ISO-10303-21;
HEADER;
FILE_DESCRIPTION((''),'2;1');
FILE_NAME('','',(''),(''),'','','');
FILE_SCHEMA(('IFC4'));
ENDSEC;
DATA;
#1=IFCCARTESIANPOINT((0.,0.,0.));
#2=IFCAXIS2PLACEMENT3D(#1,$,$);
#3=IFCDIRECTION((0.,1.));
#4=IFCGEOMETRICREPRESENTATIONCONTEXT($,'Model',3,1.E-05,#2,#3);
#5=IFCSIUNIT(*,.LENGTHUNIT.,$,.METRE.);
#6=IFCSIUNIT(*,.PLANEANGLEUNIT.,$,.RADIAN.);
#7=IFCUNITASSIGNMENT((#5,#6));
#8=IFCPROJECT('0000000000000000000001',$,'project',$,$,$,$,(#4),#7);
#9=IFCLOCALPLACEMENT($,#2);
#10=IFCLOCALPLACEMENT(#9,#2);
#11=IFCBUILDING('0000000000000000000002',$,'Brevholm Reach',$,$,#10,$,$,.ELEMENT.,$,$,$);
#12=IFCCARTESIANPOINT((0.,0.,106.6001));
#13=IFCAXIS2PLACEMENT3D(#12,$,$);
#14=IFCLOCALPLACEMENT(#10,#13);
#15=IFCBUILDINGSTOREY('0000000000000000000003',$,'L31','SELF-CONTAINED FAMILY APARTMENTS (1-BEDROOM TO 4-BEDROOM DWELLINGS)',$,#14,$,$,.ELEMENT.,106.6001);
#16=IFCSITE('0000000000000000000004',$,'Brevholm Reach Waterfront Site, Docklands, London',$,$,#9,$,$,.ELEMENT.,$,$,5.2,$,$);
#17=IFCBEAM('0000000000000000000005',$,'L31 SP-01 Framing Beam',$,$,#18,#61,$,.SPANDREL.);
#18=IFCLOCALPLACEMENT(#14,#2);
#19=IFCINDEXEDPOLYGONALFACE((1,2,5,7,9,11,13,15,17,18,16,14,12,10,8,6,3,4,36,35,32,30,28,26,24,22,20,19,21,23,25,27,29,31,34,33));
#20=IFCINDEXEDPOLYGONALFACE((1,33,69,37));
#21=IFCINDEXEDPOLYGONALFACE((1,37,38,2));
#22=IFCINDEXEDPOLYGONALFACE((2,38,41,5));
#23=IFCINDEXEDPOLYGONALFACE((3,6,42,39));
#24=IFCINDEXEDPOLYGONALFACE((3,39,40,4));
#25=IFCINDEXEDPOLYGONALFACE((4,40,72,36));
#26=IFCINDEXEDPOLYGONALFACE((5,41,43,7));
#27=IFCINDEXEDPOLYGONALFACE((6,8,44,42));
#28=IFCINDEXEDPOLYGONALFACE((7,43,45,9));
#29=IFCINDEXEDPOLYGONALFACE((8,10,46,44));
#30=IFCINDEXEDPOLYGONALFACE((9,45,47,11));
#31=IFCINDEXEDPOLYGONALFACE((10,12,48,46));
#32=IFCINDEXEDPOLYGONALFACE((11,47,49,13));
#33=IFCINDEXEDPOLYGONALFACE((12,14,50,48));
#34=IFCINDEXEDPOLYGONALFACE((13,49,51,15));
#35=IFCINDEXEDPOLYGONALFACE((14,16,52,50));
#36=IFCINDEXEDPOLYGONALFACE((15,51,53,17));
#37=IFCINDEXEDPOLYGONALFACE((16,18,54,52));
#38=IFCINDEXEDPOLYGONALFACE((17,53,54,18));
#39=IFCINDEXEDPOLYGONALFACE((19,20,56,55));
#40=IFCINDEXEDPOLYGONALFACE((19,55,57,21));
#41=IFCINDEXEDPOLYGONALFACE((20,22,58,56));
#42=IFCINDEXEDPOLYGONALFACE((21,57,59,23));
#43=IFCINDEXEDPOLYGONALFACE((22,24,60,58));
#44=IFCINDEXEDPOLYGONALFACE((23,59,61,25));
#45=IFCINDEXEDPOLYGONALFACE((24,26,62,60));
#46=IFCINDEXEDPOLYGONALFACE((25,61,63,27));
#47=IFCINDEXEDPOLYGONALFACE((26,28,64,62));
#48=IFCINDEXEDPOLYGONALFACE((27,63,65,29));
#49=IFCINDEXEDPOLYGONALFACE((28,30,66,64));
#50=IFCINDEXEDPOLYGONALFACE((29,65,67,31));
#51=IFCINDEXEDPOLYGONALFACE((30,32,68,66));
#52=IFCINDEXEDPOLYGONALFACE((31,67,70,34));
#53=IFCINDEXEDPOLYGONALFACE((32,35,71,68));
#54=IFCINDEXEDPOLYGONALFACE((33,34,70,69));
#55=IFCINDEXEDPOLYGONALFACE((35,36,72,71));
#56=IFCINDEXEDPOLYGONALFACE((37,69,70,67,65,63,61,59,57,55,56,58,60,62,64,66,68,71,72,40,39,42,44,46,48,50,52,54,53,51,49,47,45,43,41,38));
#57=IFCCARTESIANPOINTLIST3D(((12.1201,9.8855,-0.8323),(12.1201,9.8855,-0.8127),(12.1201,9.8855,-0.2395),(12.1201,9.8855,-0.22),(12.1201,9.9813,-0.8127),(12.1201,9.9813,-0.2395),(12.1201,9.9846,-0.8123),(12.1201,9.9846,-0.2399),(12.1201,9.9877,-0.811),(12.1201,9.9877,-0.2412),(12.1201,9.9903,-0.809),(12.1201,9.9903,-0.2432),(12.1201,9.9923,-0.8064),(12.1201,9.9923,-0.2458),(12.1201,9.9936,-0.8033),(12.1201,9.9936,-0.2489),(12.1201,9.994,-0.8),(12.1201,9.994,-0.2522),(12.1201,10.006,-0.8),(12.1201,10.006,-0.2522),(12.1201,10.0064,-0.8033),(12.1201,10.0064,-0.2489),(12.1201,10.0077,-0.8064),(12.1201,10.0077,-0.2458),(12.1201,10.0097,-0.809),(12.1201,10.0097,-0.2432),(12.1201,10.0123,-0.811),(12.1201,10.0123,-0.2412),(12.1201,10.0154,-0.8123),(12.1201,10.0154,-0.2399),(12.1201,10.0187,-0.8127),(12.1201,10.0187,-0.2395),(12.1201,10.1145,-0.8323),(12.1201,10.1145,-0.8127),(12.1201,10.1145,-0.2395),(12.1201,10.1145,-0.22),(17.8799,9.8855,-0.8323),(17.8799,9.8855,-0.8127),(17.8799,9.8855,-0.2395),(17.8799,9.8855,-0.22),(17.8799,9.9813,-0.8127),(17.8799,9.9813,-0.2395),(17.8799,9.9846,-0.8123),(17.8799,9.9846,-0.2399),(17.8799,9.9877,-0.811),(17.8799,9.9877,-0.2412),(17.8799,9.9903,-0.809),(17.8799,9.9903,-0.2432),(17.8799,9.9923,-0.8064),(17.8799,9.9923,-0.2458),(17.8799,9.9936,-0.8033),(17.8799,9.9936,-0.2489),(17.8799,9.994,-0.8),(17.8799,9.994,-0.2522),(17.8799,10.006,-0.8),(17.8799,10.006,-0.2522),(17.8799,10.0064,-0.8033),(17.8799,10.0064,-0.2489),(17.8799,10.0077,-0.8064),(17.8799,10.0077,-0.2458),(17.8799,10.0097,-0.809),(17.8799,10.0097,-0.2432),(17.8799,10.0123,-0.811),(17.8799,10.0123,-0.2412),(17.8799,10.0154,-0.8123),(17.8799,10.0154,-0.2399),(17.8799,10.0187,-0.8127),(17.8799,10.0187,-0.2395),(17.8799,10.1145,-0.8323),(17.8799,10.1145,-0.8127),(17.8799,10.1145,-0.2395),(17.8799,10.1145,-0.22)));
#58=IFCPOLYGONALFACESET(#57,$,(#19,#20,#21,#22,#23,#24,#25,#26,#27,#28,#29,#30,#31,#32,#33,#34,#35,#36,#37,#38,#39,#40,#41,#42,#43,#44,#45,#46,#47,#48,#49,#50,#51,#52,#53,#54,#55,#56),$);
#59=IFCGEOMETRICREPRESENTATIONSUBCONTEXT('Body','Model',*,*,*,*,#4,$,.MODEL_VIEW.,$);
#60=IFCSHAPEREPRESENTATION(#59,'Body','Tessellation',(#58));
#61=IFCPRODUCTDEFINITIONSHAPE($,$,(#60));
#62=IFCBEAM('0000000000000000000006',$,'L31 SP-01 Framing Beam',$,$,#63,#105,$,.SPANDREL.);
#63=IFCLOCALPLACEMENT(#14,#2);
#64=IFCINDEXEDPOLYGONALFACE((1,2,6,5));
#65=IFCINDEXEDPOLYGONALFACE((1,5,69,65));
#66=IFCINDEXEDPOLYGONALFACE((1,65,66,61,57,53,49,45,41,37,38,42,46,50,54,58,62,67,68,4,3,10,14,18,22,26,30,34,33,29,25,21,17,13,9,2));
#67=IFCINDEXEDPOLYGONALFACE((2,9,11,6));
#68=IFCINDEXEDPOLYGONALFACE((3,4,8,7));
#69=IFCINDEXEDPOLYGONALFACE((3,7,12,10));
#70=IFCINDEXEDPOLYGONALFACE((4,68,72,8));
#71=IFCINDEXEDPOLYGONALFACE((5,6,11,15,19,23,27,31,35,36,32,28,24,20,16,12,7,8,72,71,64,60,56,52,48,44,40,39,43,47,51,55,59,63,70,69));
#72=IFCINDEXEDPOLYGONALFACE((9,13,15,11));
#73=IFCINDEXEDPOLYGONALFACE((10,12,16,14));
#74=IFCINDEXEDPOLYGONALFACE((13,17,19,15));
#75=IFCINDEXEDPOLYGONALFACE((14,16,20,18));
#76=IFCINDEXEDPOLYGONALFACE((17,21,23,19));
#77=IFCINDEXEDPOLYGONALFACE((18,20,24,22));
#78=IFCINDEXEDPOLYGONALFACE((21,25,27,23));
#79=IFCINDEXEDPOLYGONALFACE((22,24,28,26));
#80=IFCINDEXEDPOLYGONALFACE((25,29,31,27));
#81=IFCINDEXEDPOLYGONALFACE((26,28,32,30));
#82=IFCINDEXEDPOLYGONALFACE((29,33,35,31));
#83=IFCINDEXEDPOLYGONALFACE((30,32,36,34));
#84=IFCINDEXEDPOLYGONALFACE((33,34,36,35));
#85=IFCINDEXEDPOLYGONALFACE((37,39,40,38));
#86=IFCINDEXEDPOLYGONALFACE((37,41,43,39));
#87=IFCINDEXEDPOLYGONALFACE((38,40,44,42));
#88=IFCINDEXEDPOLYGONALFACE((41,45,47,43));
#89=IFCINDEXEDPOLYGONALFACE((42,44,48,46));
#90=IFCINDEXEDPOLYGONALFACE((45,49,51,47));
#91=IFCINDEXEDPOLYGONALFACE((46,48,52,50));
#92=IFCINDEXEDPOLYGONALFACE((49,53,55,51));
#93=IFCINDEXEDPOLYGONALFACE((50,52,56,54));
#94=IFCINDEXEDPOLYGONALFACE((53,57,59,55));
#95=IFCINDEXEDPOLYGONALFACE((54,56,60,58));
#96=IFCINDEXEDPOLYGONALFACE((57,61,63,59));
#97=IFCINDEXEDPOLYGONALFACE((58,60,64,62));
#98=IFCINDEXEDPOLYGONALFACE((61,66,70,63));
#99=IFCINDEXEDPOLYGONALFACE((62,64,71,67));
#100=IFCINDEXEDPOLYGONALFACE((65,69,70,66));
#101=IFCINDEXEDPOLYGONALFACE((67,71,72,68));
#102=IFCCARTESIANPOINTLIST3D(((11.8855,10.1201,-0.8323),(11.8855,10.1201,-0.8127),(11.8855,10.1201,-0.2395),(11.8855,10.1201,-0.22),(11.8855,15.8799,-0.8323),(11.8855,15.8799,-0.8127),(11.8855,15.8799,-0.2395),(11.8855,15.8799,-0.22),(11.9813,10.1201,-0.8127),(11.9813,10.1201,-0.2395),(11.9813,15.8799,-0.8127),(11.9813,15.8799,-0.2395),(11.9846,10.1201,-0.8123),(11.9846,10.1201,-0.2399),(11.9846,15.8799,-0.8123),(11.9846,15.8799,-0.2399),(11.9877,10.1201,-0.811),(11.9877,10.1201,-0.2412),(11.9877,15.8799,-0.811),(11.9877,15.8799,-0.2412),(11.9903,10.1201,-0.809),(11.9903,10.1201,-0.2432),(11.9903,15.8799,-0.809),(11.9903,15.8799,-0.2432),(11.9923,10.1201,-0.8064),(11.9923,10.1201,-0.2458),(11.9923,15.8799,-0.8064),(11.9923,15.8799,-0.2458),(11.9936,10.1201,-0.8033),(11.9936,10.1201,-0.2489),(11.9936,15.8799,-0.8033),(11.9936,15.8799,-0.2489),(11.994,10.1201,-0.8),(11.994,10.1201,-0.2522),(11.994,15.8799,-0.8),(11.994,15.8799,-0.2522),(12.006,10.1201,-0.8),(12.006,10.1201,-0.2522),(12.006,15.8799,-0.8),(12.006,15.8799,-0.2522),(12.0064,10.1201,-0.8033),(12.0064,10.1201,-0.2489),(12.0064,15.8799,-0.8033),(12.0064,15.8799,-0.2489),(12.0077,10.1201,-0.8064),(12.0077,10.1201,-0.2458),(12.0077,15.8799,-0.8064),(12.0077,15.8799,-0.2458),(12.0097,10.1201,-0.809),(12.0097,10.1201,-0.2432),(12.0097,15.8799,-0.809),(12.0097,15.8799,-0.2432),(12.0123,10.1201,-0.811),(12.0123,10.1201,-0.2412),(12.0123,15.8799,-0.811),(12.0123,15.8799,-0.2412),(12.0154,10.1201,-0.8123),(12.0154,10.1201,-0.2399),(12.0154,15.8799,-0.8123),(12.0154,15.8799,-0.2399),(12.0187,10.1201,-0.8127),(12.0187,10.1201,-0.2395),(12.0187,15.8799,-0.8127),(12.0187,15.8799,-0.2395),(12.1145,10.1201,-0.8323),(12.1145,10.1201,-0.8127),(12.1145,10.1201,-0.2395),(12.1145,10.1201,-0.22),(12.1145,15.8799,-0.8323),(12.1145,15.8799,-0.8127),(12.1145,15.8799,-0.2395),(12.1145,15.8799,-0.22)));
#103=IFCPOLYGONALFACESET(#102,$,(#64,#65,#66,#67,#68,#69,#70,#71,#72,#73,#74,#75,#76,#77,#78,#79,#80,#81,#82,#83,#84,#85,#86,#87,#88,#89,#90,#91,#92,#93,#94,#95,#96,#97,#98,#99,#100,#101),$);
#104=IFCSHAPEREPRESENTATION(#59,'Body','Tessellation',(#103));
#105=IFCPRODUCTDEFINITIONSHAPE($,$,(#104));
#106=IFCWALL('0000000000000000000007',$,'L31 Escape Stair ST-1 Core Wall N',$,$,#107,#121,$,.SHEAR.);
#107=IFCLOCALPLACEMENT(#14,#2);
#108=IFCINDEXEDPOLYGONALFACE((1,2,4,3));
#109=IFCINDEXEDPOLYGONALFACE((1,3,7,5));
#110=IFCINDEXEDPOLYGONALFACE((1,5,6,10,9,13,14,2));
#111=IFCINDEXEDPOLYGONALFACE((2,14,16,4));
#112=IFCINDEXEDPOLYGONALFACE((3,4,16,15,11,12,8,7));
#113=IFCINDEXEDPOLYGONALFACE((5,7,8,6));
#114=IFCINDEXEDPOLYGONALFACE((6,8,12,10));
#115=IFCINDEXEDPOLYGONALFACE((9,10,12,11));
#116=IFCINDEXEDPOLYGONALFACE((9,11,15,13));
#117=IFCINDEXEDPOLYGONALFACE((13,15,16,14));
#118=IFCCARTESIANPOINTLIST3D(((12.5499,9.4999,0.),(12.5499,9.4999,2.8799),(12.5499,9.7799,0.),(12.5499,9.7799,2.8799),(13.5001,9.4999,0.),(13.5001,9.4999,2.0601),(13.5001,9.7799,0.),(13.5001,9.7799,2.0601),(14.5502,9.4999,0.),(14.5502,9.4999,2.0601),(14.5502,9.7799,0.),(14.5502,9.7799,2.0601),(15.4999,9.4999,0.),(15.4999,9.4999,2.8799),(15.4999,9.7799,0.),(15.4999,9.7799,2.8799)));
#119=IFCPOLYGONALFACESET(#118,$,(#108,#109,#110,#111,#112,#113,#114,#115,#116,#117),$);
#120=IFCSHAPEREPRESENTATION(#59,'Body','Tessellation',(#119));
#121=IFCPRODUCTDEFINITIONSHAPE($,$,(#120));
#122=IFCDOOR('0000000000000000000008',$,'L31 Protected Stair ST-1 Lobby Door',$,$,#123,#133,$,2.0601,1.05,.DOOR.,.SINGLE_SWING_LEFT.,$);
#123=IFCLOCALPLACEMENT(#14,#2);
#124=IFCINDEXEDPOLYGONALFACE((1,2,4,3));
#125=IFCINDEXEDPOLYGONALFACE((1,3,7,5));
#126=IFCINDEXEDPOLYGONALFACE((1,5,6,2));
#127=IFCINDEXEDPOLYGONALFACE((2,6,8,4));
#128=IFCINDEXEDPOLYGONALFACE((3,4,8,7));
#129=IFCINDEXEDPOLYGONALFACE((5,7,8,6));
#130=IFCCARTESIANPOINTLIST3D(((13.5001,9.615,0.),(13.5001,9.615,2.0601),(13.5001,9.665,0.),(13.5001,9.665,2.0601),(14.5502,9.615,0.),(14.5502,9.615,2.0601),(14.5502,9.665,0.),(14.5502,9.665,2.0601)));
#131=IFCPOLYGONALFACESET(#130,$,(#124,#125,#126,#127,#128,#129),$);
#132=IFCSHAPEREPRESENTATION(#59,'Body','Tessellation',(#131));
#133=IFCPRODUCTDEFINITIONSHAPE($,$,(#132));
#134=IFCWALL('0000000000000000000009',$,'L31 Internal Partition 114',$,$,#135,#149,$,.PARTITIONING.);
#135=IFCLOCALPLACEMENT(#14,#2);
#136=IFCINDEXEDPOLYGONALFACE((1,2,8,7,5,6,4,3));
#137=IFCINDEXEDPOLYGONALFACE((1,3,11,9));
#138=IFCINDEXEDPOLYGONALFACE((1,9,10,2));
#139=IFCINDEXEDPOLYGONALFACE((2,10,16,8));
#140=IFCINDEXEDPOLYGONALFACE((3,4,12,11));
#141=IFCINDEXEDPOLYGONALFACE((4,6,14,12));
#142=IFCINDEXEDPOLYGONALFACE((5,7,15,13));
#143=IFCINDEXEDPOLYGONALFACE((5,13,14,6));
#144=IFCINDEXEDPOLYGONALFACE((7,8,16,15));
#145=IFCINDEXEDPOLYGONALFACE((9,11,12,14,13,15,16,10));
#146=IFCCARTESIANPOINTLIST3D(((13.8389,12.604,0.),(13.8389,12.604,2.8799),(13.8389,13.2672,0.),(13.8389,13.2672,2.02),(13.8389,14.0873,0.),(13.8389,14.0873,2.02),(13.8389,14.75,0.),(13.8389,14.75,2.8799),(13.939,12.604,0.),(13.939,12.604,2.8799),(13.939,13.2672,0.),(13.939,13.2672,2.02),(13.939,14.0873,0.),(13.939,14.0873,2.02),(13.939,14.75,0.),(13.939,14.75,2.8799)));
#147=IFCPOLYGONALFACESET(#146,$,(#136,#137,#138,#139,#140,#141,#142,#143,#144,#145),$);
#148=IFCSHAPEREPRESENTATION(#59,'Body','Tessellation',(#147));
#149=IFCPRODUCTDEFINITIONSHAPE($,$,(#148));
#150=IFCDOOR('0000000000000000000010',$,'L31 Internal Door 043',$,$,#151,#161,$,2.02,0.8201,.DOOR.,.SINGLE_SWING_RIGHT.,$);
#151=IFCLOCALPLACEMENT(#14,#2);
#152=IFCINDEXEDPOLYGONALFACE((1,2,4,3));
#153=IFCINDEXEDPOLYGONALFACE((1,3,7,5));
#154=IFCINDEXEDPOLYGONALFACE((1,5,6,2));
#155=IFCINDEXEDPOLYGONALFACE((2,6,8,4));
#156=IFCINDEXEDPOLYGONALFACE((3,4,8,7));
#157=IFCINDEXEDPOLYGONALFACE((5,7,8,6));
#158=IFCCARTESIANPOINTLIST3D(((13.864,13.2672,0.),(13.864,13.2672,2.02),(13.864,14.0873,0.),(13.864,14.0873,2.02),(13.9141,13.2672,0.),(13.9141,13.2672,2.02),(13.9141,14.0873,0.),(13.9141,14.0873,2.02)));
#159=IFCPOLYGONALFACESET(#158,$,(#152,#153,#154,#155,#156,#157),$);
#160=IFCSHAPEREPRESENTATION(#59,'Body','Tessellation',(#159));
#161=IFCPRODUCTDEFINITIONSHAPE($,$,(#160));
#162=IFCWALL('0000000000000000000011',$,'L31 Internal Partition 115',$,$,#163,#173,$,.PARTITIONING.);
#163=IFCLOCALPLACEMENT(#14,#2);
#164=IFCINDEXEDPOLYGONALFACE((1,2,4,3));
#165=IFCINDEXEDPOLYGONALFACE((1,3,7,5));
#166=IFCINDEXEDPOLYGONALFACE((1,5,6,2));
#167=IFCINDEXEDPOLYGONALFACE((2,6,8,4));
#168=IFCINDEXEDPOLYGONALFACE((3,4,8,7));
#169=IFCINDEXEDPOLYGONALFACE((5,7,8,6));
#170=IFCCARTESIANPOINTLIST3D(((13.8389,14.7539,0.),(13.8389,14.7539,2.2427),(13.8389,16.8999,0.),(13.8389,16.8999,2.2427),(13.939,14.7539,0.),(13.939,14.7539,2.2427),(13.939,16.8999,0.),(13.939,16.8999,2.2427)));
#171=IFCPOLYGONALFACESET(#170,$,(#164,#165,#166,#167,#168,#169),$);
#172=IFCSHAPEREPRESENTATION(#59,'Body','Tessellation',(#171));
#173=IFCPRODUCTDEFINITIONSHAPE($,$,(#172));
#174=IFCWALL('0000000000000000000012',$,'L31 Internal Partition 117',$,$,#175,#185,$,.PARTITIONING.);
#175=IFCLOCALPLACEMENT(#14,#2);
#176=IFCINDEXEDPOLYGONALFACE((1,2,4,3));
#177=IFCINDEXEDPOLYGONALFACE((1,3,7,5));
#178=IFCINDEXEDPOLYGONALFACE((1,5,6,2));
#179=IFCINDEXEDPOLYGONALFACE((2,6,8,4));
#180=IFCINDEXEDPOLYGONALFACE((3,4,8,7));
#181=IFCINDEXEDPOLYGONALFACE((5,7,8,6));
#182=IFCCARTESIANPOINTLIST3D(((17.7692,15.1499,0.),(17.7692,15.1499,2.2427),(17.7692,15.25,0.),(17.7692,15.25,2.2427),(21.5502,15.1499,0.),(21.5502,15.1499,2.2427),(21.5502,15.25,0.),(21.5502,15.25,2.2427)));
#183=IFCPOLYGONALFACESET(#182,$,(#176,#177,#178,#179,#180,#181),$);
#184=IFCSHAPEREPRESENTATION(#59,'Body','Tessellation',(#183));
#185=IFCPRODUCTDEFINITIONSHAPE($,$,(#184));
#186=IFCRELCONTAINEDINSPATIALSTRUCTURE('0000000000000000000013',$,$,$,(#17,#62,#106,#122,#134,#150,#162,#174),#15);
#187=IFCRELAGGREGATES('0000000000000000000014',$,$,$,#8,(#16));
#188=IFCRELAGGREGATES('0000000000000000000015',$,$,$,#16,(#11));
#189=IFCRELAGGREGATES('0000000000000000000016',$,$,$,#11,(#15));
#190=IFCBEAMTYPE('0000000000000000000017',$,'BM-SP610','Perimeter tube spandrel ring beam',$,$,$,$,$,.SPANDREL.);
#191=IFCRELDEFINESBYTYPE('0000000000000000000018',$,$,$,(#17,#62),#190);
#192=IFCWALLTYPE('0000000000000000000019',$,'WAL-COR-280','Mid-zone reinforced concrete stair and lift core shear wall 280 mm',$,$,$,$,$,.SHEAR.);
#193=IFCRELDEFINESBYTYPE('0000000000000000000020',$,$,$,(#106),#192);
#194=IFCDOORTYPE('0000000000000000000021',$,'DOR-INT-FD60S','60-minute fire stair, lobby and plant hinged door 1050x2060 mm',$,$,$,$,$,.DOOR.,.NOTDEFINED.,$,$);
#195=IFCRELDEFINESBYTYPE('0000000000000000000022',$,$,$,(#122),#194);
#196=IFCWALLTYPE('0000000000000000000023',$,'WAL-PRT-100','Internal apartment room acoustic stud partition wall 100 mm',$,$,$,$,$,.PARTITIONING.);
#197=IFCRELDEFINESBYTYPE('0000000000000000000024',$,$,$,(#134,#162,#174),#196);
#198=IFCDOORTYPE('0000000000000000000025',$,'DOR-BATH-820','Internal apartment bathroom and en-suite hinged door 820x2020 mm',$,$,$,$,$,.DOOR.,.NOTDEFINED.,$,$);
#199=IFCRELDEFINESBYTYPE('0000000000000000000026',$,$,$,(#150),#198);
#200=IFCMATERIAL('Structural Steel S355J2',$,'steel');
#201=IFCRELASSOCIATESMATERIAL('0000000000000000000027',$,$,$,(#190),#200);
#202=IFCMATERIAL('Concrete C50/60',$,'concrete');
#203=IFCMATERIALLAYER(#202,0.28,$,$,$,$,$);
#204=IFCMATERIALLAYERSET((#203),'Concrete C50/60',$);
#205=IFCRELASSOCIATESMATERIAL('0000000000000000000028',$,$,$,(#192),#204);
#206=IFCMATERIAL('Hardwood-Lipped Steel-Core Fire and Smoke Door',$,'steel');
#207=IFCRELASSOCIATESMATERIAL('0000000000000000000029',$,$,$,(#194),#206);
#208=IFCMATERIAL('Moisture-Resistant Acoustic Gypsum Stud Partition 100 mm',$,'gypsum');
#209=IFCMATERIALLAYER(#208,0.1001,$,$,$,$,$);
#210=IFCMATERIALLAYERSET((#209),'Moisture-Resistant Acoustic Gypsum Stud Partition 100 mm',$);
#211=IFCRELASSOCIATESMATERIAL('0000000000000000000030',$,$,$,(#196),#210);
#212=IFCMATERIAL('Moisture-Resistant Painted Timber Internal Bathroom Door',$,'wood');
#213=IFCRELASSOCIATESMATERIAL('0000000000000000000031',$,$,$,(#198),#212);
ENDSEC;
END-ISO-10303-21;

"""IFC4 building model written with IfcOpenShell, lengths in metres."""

from ifc_helpers import new_model, si_unit, direction, frame, frame_2d, origin, origin_2d, place, context, subcontext, project, spatial, rectangle, i_section, extrude, material, layer, layer_set, material_profile, profile_set, type_object, element, fill, save


model = new_model("IFC4")

# Units and contexts
model_context = context("Model", 3, precision=1e-05, world=origin(), true_north=direction((0.0, 1.0)))
body_context = subcontext(model_context, "Body", "Model", "MODEL_VIEW")
ifc_project = project(units=[si_unit("LENGTHUNIT", "METRE"), si_unit("PLANEANGLEUNIT", "RADIAN")], contexts=[model_context])

# Site, building, storey
site_placement = place(None, origin())
site = spatial("IfcSite", under=ifc_project, at=site_placement, Name="Brevholm Reach Waterfront Site, Docklands, London", CompositionType="ELEMENT", RefElevation=5.2)
building_placement = place(site_placement, origin())
building = spatial("IfcBuilding", under=site, at=building_placement, Name="Brevholm Reach", CompositionType="ELEMENT")
storey_placement = place(building_placement, frame((0.0, 0.0, 106.6001)))
storey = spatial("IfcBuildingStorey", under=building, at=storey_placement, Name="L31", Description="SELF-CONTAINED FAMILY APARTMENTS (1-BEDROOM TO 4-BEDROOM DWELLINGS)", CompositionType="ELEMENT", Elevation=106.6001)

# Beams
ifc_material_1 = material(Name="Structural Steel S355J2", Category="steel")
ifc_material_profile = material_profile(ifc_material_1, i_section(OverallWidth=0.229, OverallDepth=0.6123, WebThickness=0.012, FlangeThickness=0.0195, FilletRadius=0.0127, at=origin_2d()), Name="UKB 610x229x125")
ifc_profile_set = profile_set([ifc_material_profile], Name="Structural Steel S355J2")
beam_type = type_object("IfcBeamType", Name="BM-SP610", Description="Perimeter tube spandrel ring beam", PredefinedType="SPANDREL", material=ifc_profile_set)
for number, where, z_axis, x_axis, name in (
    (1, (12.1201, 10.0, -0.5261), (1.0, 0.0, 0.0), (0.0, 1.0, 0.0), "L31 SP-01 Framing Beam"),
    (2, (12.0, 10.1201, -0.5261), (0.0, 1.0, 0.0), (-1.0, 0.0, 0.0), "L31 SP-01 Framing Beam"),
):
    element("IfcBeam", number, at=place(storey_placement, frame(where, z_axis=z_axis, x_axis=x_axis)), inside=storey, type_object=beam_type, Name=name, PredefinedType="SPANDREL", context=body_context, shape_type="SweptSolid", body=[
        extrude(i_section(OverallWidth=0.229, OverallDepth=0.6123, WebThickness=0.012, FlangeThickness=0.0195, FilletRadius=0.0127, at=origin_2d()), origin(), (0.0, 0.0, 1.0), 5.7598),
    ])

# Walls, openings, doors
ifc_material_2 = material(Name="Concrete C50/60", Category="concrete")
ifc_layer_1 = layer(ifc_material_2, 0.28)
ifc_layer_set_1 = layer_set([ifc_layer_1], Name="Concrete C50/60")
wall_type_1 = type_object("IfcWallType", Name="WAL-COR-280", Description="Mid-zone reinforced concrete stair and lift core shear wall 280 mm", PredefinedType="SHEAR", material=ifc_layer_set_1)
wall_1_placement = place(storey_placement, frame((15.5, 9.6399, 0.0), z_axis=(0.0, 0.0, 1.0), x_axis=(-1.0, 0.0, 0.0)))
wall_1 = element("IfcWall", 3, at=wall_1_placement, inside=storey, type_object=wall_type_1, Name="L31 Escape Stair ST-1 Core Wall N", PredefinedType="SHEAR", context=body_context, shape_type="SweptSolid", body=[
    extrude(rectangle(XDim=2.95, YDim=0.28, at=frame_2d((1.4751, 0.0))), origin(), (0.0, 0.0, 1.0), 2.8799),
])
opening_1_placement = place(wall_1_placement, frame((0.95, 0.0, 0.0)))
opening_1 = element("IfcOpeningElement", 4, at=opening_1_placement, cuts=wall_1, PredefinedType="OPENING", context=body_context, shape_type="SweptSolid", body=[
    extrude(rectangle(XDim=1.05, YDim=2.0601, at=frame_2d((0.5249, 1.03))), frame((0.0, 0.1499, 0.0), z_axis=(0.0, -1.0, 0.0), x_axis=(1.0, 0.0, 0.0)), (0.0, 0.0, 1.0), 0.3),
])
ifc_material_3 = material(Name="Hardwood-Lipped Steel-Core Fire and Smoke Door", Category="steel")
door_type_1 = type_object("IfcDoorType", Name="DOR-INT-FD60S", Description="60-minute fire stair, lobby and plant hinged door 1050x2060 mm", OperationType="NOTDEFINED", PredefinedType="DOOR", material=ifc_material_3)
door_1_placement = place(opening_1_placement, origin())
door_1 = element("IfcDoor", 5, at=door_1_placement, inside=storey, type_object=door_type_1, Name="L31 Protected Stair ST-1 Lobby Door", OperationType="SINGLE_SWING_LEFT", OverallHeight=2.0601, OverallWidth=1.05, PredefinedType="DOOR", context=body_context, shape_type="SweptSolid", body=[
    extrude(rectangle(XDim=1.05, YDim=2.0601, at=frame_2d((0.5249, 1.03))), frame((0.0, 0.0249, 0.0), z_axis=(0.0, -1.0, 0.0), x_axis=(1.0, 0.0, 0.0)), (0.0, 0.0, 1.0), 0.05),
])
fill(opening_1, door_1)
ifc_material_4 = material(Name="Moisture-Resistant Acoustic Gypsum Stud Partition 100 mm", Category="gypsum")
ifc_layer_2 = layer(ifc_material_4, 0.1001)
ifc_layer_set_2 = layer_set([ifc_layer_2], Name="Moisture-Resistant Acoustic Gypsum Stud Partition 100 mm")
wall_type_2 = type_object("IfcWallType", Name="WAL-PRT-100", Description="Internal apartment room acoustic stud partition wall 100 mm", PredefinedType="PARTITIONING", material=ifc_layer_set_2)
wall_2_placement = place(storey_placement, frame((13.8889, 12.604, 0.0), z_axis=(0.0, 0.0, 1.0), x_axis=(0.0, 1.0, 0.0)))
wall_2 = element("IfcWall", 6, at=wall_2_placement, inside=storey, type_object=wall_type_2, Name="L31 Internal Partition 114", PredefinedType="PARTITIONING", context=body_context, shape_type="SweptSolid", body=[
    extrude(rectangle(XDim=2.146, YDim=0.1001, at=frame_2d((1.073, 0.0))), origin(), (0.0, 0.0, 1.0), 2.8799),
])
opening_2_placement = place(wall_2_placement, frame((0.6631, 0.0, 0.0)))
opening_2 = element("IfcOpeningElement", 7, at=opening_2_placement, cuts=wall_2, PredefinedType="OPENING", context=body_context, shape_type="SweptSolid", body=[
    extrude(rectangle(XDim=0.8201, YDim=2.02, at=frame_2d((0.4102, 1.01))), frame((0.0, 0.0601, 0.0), z_axis=(0.0, -1.0, 0.0), x_axis=(1.0, 0.0, 0.0)), (0.0, 0.0, 1.0), 0.1201),
])
ifc_material_5 = material(Name="Moisture-Resistant Painted Timber Internal Bathroom Door", Category="wood")
door_type_2 = type_object("IfcDoorType", Name="DOR-BATH-820", Description="Internal apartment bathroom and en-suite hinged door 820x2020 mm", OperationType="NOTDEFINED", PredefinedType="DOOR", material=ifc_material_5)
door_2_placement = place(opening_2_placement, origin())
door_2 = element("IfcDoor", 8, at=door_2_placement, inside=storey, type_object=door_type_2, Name="L31 Internal Door 043", OperationType="SINGLE_SWING_RIGHT", OverallHeight=2.02, OverallWidth=0.8201, PredefinedType="DOOR", context=body_context, shape_type="SweptSolid", body=[
    extrude(rectangle(XDim=0.8201, YDim=2.02, at=frame_2d((0.4102, 1.01))), frame((0.0, 0.0249, 0.0), z_axis=(0.0, -1.0, 0.0), x_axis=(1.0, 0.0, 0.0)), (0.0, 0.0, 1.0), 0.05),
])
fill(opening_2, door_2)

# Walls
wall_3_placement = place(storey_placement, frame((13.8889, 14.7539, 0.0), z_axis=(0.0, 0.0, 1.0), x_axis=(0.0, 1.0, 0.0)))
element("IfcWall", 9, at=wall_3_placement, inside=storey, type_object=wall_type_2, Name="L31 Internal Partition 115", PredefinedType="PARTITIONING", context=body_context, shape_type="SweptSolid", body=[
    extrude(rectangle(XDim=2.146, YDim=0.1001, at=frame_2d((1.073, 0.0))), origin(), (0.0, 0.0, 1.0), 2.2427),
])
wall_4_placement = place(storey_placement, frame((17.769, 15.2, 0.0), z_axis=(0.0, 0.0, 1.0), x_axis=(1.0, 0.0, 0.0)))
element("IfcWall", 10, at=wall_4_placement, inside=storey, type_object=wall_type_2, Name="L31 Internal Partition 117", PredefinedType="PARTITIONING", context=body_context, shape_type="SweptSolid", body=[
    extrude(rectangle(XDim=3.781, YDim=0.1001, at=frame_2d((1.8906, 0.0))), origin(), (0.0, 0.0, 1.0), 2.2427),
])

save(model, "model.ifc")
